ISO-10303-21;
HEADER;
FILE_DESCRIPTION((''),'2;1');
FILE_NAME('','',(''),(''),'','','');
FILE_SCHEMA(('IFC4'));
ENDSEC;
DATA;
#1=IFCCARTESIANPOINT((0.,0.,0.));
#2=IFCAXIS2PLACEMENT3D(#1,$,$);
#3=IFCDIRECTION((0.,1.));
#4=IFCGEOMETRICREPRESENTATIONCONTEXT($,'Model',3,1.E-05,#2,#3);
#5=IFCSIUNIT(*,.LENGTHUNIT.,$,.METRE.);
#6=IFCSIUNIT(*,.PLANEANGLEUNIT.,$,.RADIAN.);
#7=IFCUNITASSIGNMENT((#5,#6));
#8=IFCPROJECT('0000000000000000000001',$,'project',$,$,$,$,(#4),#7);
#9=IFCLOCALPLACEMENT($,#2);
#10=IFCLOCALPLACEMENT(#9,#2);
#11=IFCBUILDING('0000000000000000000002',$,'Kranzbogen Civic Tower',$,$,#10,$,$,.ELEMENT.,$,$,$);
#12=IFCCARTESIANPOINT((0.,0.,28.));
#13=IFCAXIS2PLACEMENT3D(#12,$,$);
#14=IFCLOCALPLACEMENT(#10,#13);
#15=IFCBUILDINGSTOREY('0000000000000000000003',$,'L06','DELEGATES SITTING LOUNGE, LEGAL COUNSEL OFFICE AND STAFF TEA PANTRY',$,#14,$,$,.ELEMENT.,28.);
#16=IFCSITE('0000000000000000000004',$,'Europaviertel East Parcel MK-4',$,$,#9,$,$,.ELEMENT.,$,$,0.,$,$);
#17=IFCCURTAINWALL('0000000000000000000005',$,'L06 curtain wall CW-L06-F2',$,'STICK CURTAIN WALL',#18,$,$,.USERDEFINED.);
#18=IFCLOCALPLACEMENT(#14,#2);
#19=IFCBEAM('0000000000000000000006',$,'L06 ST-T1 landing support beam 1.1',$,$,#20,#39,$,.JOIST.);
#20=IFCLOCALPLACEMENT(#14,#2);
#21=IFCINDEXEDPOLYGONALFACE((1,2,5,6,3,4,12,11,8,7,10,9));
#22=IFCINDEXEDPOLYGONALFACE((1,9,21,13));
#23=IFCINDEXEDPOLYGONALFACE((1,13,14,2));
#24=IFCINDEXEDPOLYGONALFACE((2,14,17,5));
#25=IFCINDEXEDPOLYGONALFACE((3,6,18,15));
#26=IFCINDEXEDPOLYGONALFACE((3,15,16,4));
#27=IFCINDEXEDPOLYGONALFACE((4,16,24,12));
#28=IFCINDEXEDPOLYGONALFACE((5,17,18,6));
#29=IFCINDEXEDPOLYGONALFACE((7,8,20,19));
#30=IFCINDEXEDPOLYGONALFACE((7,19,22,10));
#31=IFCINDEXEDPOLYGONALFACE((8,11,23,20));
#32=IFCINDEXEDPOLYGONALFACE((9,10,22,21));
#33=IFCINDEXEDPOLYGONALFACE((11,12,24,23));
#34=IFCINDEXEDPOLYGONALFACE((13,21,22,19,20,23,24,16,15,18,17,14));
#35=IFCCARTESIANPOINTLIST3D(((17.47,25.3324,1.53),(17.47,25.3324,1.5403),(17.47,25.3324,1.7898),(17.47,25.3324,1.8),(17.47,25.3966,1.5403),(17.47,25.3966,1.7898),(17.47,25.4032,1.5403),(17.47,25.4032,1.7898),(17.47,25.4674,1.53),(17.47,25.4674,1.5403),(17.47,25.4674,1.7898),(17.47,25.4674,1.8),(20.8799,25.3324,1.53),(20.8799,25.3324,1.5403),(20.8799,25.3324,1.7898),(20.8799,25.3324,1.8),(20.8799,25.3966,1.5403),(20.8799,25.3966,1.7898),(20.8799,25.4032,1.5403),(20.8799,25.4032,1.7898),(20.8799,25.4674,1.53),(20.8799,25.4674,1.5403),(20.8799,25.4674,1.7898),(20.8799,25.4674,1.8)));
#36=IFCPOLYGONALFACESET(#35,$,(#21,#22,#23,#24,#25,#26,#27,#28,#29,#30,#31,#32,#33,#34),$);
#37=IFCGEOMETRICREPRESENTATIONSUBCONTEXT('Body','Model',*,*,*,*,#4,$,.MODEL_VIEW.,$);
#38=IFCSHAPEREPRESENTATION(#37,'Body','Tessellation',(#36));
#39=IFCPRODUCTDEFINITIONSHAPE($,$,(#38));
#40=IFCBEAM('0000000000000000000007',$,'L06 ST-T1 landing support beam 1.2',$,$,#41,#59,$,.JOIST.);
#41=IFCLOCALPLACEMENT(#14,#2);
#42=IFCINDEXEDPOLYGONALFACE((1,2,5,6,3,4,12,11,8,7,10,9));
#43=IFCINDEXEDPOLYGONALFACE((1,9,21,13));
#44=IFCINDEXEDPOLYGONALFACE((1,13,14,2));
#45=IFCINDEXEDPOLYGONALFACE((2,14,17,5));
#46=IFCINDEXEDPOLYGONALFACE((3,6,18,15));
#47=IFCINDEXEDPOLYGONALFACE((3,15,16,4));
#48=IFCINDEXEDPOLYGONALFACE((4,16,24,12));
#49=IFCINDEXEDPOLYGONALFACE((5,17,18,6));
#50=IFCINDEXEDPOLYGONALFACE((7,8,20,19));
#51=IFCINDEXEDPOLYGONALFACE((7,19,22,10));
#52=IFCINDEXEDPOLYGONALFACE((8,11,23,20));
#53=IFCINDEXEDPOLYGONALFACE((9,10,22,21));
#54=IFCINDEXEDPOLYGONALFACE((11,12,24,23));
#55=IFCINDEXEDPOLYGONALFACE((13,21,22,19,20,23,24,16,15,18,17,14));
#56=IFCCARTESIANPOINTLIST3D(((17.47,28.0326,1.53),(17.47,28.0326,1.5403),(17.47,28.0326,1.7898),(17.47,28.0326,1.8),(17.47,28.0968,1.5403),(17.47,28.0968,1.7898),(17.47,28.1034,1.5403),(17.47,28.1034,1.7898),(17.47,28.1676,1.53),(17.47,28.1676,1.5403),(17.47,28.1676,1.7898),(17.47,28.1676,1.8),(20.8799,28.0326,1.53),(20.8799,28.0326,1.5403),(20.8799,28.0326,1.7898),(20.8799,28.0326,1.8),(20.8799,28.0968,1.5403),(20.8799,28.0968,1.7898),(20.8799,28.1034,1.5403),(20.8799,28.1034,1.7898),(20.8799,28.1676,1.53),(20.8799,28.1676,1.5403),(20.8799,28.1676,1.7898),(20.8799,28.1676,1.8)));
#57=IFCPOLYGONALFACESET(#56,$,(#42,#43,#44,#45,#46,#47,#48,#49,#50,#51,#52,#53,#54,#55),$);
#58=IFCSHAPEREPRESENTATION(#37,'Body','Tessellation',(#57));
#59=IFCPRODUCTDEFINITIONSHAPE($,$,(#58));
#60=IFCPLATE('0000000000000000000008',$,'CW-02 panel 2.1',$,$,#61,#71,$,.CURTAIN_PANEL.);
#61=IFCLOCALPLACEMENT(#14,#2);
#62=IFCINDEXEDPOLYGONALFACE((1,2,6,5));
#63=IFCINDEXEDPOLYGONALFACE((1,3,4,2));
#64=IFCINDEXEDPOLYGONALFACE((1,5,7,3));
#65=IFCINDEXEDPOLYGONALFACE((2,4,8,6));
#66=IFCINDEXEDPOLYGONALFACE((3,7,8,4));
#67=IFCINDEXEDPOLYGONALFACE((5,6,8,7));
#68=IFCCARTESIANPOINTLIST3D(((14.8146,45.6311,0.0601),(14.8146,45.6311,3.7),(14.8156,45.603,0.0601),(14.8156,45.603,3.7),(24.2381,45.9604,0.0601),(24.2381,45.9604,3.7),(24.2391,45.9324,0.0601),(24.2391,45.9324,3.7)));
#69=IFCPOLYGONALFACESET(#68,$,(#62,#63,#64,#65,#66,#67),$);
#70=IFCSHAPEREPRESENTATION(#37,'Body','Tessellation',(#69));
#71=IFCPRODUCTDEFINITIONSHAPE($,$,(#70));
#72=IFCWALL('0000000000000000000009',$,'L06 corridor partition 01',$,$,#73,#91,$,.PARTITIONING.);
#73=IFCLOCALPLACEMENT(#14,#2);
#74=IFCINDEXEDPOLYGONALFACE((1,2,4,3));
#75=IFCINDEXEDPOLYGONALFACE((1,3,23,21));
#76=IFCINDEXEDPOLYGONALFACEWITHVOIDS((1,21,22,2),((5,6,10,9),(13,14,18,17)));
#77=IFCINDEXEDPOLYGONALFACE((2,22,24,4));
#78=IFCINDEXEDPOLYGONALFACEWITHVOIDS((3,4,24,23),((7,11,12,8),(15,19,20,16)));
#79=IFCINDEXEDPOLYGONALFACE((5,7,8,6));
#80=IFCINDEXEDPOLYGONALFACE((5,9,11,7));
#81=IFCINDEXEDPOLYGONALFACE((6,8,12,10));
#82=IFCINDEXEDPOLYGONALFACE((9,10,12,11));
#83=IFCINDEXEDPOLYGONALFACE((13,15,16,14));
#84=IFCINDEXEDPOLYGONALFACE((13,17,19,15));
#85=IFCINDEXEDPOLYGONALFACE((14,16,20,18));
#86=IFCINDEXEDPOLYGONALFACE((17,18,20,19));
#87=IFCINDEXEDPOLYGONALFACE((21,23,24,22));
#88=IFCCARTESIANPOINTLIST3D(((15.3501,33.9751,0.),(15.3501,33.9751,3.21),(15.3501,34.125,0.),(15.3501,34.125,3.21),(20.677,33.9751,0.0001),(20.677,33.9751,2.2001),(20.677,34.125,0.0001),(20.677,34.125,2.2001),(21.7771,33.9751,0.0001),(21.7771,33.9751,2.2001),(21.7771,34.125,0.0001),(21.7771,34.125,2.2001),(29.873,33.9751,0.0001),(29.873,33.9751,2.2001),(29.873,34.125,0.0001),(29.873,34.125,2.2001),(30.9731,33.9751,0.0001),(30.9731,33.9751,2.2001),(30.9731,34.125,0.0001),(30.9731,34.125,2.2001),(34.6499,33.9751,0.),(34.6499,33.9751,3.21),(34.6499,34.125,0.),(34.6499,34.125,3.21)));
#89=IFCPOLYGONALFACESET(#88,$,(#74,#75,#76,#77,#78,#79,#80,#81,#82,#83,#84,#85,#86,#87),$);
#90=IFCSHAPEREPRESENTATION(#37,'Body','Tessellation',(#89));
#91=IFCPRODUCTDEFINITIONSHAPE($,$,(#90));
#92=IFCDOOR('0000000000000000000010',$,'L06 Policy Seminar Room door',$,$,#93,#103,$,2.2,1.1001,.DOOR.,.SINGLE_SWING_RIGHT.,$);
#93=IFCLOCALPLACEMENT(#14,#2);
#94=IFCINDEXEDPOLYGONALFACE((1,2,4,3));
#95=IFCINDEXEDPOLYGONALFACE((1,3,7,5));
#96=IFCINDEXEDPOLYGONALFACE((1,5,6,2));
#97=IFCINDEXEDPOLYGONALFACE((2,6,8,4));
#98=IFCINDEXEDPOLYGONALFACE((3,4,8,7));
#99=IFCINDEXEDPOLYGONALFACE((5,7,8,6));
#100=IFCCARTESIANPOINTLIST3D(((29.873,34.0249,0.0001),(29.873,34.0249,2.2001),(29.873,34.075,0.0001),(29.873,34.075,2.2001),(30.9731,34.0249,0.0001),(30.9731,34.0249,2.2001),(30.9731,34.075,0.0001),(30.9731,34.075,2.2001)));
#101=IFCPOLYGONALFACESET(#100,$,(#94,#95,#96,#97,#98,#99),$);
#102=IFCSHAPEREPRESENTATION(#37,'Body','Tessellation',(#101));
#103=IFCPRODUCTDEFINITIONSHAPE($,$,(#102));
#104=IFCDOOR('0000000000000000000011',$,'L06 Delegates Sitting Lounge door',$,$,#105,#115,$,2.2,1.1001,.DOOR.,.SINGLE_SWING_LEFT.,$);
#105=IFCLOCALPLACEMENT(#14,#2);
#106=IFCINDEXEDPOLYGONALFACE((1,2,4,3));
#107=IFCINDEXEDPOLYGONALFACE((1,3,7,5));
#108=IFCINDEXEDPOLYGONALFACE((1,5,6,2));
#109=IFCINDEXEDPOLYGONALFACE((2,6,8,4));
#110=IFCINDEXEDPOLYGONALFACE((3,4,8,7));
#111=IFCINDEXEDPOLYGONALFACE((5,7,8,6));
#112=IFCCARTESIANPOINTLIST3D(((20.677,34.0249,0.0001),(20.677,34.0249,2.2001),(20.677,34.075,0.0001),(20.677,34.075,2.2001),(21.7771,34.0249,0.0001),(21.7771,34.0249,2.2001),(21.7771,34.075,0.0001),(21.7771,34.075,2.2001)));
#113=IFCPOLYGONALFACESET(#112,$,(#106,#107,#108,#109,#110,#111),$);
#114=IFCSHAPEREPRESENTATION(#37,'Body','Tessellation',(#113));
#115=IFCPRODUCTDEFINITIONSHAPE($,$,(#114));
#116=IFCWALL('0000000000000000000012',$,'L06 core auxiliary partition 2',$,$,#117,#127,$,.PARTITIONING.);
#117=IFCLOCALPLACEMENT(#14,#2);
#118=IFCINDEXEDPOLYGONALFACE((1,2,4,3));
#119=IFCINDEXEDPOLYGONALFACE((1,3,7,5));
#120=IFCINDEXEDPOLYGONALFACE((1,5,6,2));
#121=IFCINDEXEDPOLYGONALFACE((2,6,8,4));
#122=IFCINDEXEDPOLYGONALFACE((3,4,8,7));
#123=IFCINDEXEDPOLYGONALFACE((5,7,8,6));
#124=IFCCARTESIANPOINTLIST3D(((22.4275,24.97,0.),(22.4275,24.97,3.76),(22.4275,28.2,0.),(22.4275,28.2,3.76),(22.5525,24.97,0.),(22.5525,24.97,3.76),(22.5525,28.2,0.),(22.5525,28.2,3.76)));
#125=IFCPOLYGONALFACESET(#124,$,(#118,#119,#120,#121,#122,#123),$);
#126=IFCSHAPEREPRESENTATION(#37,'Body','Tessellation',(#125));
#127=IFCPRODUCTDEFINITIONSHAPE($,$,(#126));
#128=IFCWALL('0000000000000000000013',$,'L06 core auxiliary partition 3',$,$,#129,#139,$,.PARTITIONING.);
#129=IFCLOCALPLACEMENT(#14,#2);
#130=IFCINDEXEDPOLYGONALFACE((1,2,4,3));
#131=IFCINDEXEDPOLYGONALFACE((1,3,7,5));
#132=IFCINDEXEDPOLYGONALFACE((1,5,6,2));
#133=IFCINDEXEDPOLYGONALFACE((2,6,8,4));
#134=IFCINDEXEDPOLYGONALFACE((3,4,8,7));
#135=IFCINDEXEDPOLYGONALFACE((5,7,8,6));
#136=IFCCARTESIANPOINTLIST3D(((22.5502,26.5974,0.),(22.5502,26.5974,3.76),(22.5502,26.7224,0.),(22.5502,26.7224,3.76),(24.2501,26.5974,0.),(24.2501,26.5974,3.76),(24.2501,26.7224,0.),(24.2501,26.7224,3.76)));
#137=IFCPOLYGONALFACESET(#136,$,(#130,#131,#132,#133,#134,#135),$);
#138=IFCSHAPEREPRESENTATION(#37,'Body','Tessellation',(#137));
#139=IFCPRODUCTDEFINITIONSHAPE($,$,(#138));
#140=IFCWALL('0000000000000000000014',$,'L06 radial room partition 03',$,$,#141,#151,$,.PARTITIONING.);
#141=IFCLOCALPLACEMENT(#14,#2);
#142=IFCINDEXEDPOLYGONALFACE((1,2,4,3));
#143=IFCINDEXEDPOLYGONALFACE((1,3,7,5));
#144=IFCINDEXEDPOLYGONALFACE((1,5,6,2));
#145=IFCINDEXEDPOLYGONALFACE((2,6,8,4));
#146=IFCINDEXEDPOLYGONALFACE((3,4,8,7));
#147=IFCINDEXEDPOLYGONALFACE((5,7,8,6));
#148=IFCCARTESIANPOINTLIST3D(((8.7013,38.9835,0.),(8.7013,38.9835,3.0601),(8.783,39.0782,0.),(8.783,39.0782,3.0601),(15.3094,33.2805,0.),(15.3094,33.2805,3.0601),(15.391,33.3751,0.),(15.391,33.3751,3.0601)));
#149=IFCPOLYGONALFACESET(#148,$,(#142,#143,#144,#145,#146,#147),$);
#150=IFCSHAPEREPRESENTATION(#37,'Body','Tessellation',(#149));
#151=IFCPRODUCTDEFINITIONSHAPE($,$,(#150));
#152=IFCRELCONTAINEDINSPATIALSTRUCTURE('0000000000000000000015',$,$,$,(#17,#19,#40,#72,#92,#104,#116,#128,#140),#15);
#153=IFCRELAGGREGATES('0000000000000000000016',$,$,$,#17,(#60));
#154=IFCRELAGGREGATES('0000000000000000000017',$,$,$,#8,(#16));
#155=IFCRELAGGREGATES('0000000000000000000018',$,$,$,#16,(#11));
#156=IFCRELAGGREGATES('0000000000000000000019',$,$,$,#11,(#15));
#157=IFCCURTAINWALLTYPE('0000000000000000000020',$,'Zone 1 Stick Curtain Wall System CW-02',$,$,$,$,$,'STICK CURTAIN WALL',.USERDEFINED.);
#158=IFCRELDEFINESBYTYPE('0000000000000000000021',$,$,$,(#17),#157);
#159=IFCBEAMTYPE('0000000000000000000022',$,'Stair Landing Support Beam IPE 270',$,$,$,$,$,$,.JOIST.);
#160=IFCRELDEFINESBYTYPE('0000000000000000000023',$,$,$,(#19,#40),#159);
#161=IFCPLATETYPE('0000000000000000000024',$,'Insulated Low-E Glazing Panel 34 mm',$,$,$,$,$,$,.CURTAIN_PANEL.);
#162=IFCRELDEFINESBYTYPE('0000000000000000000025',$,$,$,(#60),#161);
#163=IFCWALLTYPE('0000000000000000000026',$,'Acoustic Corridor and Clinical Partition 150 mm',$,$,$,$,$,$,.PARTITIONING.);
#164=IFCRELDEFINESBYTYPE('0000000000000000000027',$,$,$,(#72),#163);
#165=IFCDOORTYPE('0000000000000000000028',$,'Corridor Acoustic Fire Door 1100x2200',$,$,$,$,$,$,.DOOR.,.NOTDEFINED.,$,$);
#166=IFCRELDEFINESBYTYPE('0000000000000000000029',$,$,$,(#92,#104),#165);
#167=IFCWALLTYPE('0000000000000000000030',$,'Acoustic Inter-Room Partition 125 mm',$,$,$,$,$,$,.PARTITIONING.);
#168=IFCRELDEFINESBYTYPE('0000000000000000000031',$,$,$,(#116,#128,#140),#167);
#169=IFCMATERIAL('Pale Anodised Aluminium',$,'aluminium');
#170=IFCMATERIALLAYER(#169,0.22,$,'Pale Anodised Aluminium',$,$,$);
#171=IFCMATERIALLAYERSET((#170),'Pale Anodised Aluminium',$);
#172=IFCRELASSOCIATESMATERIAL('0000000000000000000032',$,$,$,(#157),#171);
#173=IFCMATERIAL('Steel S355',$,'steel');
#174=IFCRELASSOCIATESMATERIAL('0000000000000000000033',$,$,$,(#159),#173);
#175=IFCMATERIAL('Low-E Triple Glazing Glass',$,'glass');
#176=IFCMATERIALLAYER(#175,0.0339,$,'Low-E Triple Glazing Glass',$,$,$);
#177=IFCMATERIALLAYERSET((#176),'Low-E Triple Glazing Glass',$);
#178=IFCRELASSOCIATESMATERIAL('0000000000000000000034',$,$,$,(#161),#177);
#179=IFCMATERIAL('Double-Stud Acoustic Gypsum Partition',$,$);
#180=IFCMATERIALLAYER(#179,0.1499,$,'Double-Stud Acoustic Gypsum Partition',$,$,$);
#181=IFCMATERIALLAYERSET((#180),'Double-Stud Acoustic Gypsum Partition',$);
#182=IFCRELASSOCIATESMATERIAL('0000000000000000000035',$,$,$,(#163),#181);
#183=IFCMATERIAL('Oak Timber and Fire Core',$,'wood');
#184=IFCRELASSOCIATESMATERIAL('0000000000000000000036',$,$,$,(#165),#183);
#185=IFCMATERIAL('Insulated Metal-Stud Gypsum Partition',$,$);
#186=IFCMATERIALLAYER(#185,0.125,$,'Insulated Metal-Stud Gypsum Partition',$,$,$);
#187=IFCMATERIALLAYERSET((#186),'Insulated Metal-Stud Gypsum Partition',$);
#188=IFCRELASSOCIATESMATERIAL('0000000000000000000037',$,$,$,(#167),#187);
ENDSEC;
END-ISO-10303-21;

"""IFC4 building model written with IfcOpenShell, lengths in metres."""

from ifc_helpers import new_model, si_unit, direction, frame, frame_2d, origin, origin_2d, place, context, subcontext, project, spatial, rectangle, i_section, extrude, material, layer, layer_set, material_profile, profile_set, type_object, element, fill, aggregate, save


model = new_model("IFC4")

# Units and contexts
model_context = context("Model", 3, precision=1e-05, world=origin(), true_north=direction((0.0, 1.0)))
body_context = subcontext(model_context, "Body", "Model", "MODEL_VIEW")
ifc_project = project(units=[si_unit("LENGTHUNIT", "METRE"), si_unit("PLANEANGLEUNIT", "RADIAN")], contexts=[model_context])

# Site, building, storey
site_placement = place(None, origin())
site = spatial("IfcSite", under=ifc_project, at=site_placement, Name="Europaviertel East Parcel MK-4", CompositionType="ELEMENT", RefElevation=0.0)
building_placement = place(site_placement, origin())
building = spatial("IfcBuilding", under=site, at=building_placement, Name="Kranzbogen Civic Tower", CompositionType="ELEMENT")
storey_placement = place(building_placement, frame((0.0, 0.0, 28.0)))
storey = spatial("IfcBuildingStorey", under=building, at=storey_placement, Name="L06", Description="DELEGATES SITTING LOUNGE, LEGAL COUNSEL OFFICE AND STAFF TEA PANTRY", CompositionType="ELEMENT", Elevation=28.0)

# Curtain wall
ifc_material_1 = material(Name="Pale Anodised Aluminium", Category="aluminium")
ifc_layer_1 = layer(ifc_material_1, 0.22, Name="Pale Anodised Aluminium")
ifc_layer_set_1 = layer_set([ifc_layer_1], Name="Pale Anodised Aluminium")
curtain_wall_type = type_object("IfcCurtainWallType", Name="Zone 1 Stick Curtain Wall System CW-02", ElementType="STICK CURTAIN WALL", PredefinedType="USERDEFINED", material=ifc_layer_set_1)
curtain_wall_1_placement = place(storey_placement, origin())
curtain_wall_1 = element("IfcCurtainWall", 1, at=curtain_wall_1_placement, inside=storey, type_object=curtain_wall_type, Name="L06 curtain wall CW-L06-F2", ObjectType="STICK CURTAIN WALL", PredefinedType="USERDEFINED")

# Beams
ifc_material_2 = material(Name="Steel S355", Category="steel")
ifc_material_profile_1 = material_profile(ifc_material_2, i_section(OverallWidth=0.135, OverallDepth=0.27, WebThickness=0.0066, FlangeThickness=0.0103, at=origin_2d()), Name="IPE 270")
ifc_profile_set_1 = profile_set([ifc_material_profile_1], Name="Steel S355")
beam_type_1 = type_object("IfcBeamType", Name="Stair Landing Support Beam IPE 270", PredefinedType="JOIST", material=ifc_profile_set_1)
for number, where, z_axis, x_axis, name in (
    (2, (20.8799, 25.3999, 1.665), (-1.0, 0.0, 0.0), (0.0, -1.0, 0.0), "L06 ST-T1 landing support beam 1.1"),
    (3, (20.8799, 28.1001, 1.665), (-1.0, 0.0, 0.0), (0.0, -1.0, 0.0), "L06 ST-T1 landing support beam 1.2"),
):
    element("IfcBeam", number, at=place(storey_placement, frame(where, z_axis=z_axis, x_axis=x_axis)), inside=storey, type_object=beam_type_1, Name=name, PredefinedType="JOIST", context=body_context, shape_type="SweptSolid", body=[
        extrude(i_section(OverallWidth=0.135, OverallDepth=0.27, WebThickness=0.0066, FlangeThickness=0.0103, at=origin_2d()), origin(), (0.0, 0.0, 1.0), 3.4099),
    ])

# Plate
ifc_material_3 = material(Name="Low-E Triple Glazing Glass", Category="glass")
ifc_layer_2 = layer(ifc_material_3, 0.0339, Name="Low-E Triple Glazing Glass")
ifc_layer_set_2 = layer_set([ifc_layer_2], Name="Low-E Triple Glazing Glass")
plate_type = type_object("IfcPlateType", Name="Insulated Low-E Glazing Panel 34 mm", PredefinedType="CURTAIN_PANEL", material=ifc_layer_set_2)
plate_placement = place(storey_placement, frame((19.5269, 45.7817, 0.0601), z_axis=(0.0, 0.0, 1.0), x_axis=(-0.99939, -0.034929, 0.0)))
plate = element("IfcPlate", 4, at=plate_placement, type_object=plate_type, Name="CW-02 panel 2.1", PredefinedType="CURTAIN_PANEL", context=body_context, shape_type="SweptSolid", body=[
    extrude(rectangle(XDim=9.4292, YDim=0.0281, at=origin_2d()), origin(), (0.0, 0.0, 1.0), 3.6399),
])
aggregate(curtain_wall_1, [plate])

# Wall, openings, doors
ifc_material_4 = material(Name="Double-Stud Acoustic Gypsum Partition")
ifc_layer_3 = layer(ifc_material_4, 0.1499, Name="Double-Stud Acoustic Gypsum Partition")
ifc_layer_set_3 = layer_set([ifc_layer_3], Name="Double-Stud Acoustic Gypsum Partition")
wall_type_1 = type_object("IfcWallType", Name="Acoustic Corridor and Clinical Partition 150 mm", PredefinedType="PARTITIONING", material=ifc_layer_set_3)
wall_1_placement = place(storey_placement, frame((15.3501, 34.05, 0.0), z_axis=(0.0, 0.0, 1.0), x_axis=(1.0, 0.0, 0.0)))
wall_1 = element("IfcWall", 5, at=wall_1_placement, inside=storey, type_object=wall_type_1, Name="L06 corridor partition 01", PredefinedType="PARTITIONING", context=body_context, shape_type="SweptSolid", body=[
    extrude(rectangle(XDim=19.2998, YDim=0.1499, at=frame_2d((9.6499, 0.0))), origin(), (0.0, 0.0, 1.0), 3.21),
])
opening_1_placement = place(wall_1_placement, frame((14.5229, 0.0, 0.0)))
opening_1 = element("IfcOpeningElement", 6, at=opening_1_placement, cuts=wall_1, PredefinedType="OPENING", context=body_context, shape_type="SweptSolid", body=[
    extrude(rectangle(XDim=1.1001, YDim=2.2, at=frame_2d((0.55, 1.1001))), frame((0.0, 0.085, 0.0), z_axis=(0.0, -1.0, 0.0), x_axis=(1.0, 0.0, 0.0)), (0.0, 0.0, 1.0), 0.1699),
])
opening_2_placement = place(wall_1_placement, frame((5.3269, 0.0, 0.0)))
opening_2 = element("IfcOpeningElement", 7, at=opening_2_placement, cuts=wall_1, PredefinedType="OPENING", context=body_context, shape_type="SweptSolid", body=[
    extrude(rectangle(XDim=1.1001, YDim=2.2, at=frame_2d((0.55, 1.1001))), frame((0.0, 0.085, 0.0), z_axis=(0.0, -1.0, 0.0), x_axis=(1.0, 0.0, 0.0)), (0.0, 0.0, 1.0), 0.1699),
])
ifc_material_5 = material(Name="Oak Timber and Fire Core", Category="wood")
door_type_1 = type_object("IfcDoorType", Name="Corridor Acoustic Fire Door 1100x2200", OperationType="NOTDEFINED", PredefinedType="DOOR", material=ifc_material_5)
door_1_placement = place(opening_1_placement, origin())
door_1 = element("IfcDoor", 8, at=door_1_placement, inside=storey, type_object=door_type_1, Name="L06 Policy Seminar Room door", OperationType="SINGLE_SWING_RIGHT", OverallHeight=2.2, OverallWidth=1.1001, PredefinedType="DOOR", context=body_context, shape_type="SweptSolid", body=[
    extrude(rectangle(XDim=1.1001, YDim=2.2, at=frame_2d((0.55, 1.1001))), frame((0.0, 0.0249, 0.0), z_axis=(0.0, -1.0, 0.0), x_axis=(1.0, 0.0, 0.0)), (0.0, 0.0, 1.0), 0.05),
])
fill(opening_1, door_1)
door_2_placement = place(opening_2_placement, origin())
door_2 = element("IfcDoor", 9, at=door_2_placement, inside=storey, type_object=door_type_1, Name="L06 Delegates Sitting Lounge door", OperationType="SINGLE_SWING_LEFT", OverallHeight=2.2, OverallWidth=1.1001, PredefinedType="DOOR", context=body_context, shape_type="SweptSolid", body=[
    extrude(rectangle(XDim=1.1001, YDim=2.2, at=frame_2d((0.55, 1.1001))), frame((0.0, 0.0249, 0.0), z_axis=(0.0, -1.0, 0.0), x_axis=(1.0, 0.0, 0.0)), (0.0, 0.0, 1.0), 0.05),
])
fill(opening_2, door_2)

# Shared definitions
ifc_material_6 = material(Name="Insulated Metal-Stud Gypsum Partition")
ifc_layer_4 = layer(ifc_material_6, 0.125, Name="Insulated Metal-Stud Gypsum Partition")
ifc_layer_set_4 = layer_set([ifc_layer_4], Name="Insulated Metal-Stud Gypsum Partition")
wall_type_2 = type_object("IfcWallType", Name="Acoustic Inter-Room Partition 125 mm", PredefinedType="PARTITIONING", material=ifc_layer_set_4)

# Walls
wall_2_placement = place(storey_placement, frame((22.49, 24.97, 0.0), z_axis=(0.0, 0.0, 1.0), x_axis=(0.0, 1.0, 0.0)))
element("IfcWall", 10, at=wall_2_placement, inside=storey, type_object=wall_type_2, Name="L06 core auxiliary partition 2", PredefinedType="PARTITIONING", context=body_context, shape_type="SweptSolid", body=[
    extrude(rectangle(XDim=3.23, YDim=0.125, at=frame_2d((1.615, 0.0))), origin(), (0.0, 0.0, 1.0), 3.76),
])
wall_3_placement = place(storey_placement, frame((22.55, 26.6599, 0.0), z_axis=(0.0, 0.0, 1.0), x_axis=(1.0, 0.0, 0.0)))
element("IfcWall", 11, at=wall_3_placement, inside=storey, type_object=wall_type_2, Name="L06 core auxiliary partition 3", PredefinedType="PARTITIONING", context=body_context, shape_type="SweptSolid", body=[
    extrude(rectangle(XDim=1.7, YDim=0.125, at=frame_2d((0.8501, 0.0))), origin(), (0.0, 0.0, 1.0), 3.76),
])
wall_4_placement = place(storey_placement, frame((15.3501, 33.3279, 0.0), z_axis=(0.0, 0.0, 1.0), x_axis=(-0.757045, 0.653363, 0.0)))
element("IfcWall", 12, at=wall_4_placement, inside=storey, type_object=wall_type_2, Name="L06 radial room partition 03", PredefinedType="PARTITIONING", context=body_context, shape_type="SweptSolid", body=[
    extrude(rectangle(XDim=8.7288, YDim=0.125, at=frame_2d((4.3643, 0.0))), origin(), (0.0, 0.0, 1.0), 3.0601),
])

save(model, "model.ifc")
